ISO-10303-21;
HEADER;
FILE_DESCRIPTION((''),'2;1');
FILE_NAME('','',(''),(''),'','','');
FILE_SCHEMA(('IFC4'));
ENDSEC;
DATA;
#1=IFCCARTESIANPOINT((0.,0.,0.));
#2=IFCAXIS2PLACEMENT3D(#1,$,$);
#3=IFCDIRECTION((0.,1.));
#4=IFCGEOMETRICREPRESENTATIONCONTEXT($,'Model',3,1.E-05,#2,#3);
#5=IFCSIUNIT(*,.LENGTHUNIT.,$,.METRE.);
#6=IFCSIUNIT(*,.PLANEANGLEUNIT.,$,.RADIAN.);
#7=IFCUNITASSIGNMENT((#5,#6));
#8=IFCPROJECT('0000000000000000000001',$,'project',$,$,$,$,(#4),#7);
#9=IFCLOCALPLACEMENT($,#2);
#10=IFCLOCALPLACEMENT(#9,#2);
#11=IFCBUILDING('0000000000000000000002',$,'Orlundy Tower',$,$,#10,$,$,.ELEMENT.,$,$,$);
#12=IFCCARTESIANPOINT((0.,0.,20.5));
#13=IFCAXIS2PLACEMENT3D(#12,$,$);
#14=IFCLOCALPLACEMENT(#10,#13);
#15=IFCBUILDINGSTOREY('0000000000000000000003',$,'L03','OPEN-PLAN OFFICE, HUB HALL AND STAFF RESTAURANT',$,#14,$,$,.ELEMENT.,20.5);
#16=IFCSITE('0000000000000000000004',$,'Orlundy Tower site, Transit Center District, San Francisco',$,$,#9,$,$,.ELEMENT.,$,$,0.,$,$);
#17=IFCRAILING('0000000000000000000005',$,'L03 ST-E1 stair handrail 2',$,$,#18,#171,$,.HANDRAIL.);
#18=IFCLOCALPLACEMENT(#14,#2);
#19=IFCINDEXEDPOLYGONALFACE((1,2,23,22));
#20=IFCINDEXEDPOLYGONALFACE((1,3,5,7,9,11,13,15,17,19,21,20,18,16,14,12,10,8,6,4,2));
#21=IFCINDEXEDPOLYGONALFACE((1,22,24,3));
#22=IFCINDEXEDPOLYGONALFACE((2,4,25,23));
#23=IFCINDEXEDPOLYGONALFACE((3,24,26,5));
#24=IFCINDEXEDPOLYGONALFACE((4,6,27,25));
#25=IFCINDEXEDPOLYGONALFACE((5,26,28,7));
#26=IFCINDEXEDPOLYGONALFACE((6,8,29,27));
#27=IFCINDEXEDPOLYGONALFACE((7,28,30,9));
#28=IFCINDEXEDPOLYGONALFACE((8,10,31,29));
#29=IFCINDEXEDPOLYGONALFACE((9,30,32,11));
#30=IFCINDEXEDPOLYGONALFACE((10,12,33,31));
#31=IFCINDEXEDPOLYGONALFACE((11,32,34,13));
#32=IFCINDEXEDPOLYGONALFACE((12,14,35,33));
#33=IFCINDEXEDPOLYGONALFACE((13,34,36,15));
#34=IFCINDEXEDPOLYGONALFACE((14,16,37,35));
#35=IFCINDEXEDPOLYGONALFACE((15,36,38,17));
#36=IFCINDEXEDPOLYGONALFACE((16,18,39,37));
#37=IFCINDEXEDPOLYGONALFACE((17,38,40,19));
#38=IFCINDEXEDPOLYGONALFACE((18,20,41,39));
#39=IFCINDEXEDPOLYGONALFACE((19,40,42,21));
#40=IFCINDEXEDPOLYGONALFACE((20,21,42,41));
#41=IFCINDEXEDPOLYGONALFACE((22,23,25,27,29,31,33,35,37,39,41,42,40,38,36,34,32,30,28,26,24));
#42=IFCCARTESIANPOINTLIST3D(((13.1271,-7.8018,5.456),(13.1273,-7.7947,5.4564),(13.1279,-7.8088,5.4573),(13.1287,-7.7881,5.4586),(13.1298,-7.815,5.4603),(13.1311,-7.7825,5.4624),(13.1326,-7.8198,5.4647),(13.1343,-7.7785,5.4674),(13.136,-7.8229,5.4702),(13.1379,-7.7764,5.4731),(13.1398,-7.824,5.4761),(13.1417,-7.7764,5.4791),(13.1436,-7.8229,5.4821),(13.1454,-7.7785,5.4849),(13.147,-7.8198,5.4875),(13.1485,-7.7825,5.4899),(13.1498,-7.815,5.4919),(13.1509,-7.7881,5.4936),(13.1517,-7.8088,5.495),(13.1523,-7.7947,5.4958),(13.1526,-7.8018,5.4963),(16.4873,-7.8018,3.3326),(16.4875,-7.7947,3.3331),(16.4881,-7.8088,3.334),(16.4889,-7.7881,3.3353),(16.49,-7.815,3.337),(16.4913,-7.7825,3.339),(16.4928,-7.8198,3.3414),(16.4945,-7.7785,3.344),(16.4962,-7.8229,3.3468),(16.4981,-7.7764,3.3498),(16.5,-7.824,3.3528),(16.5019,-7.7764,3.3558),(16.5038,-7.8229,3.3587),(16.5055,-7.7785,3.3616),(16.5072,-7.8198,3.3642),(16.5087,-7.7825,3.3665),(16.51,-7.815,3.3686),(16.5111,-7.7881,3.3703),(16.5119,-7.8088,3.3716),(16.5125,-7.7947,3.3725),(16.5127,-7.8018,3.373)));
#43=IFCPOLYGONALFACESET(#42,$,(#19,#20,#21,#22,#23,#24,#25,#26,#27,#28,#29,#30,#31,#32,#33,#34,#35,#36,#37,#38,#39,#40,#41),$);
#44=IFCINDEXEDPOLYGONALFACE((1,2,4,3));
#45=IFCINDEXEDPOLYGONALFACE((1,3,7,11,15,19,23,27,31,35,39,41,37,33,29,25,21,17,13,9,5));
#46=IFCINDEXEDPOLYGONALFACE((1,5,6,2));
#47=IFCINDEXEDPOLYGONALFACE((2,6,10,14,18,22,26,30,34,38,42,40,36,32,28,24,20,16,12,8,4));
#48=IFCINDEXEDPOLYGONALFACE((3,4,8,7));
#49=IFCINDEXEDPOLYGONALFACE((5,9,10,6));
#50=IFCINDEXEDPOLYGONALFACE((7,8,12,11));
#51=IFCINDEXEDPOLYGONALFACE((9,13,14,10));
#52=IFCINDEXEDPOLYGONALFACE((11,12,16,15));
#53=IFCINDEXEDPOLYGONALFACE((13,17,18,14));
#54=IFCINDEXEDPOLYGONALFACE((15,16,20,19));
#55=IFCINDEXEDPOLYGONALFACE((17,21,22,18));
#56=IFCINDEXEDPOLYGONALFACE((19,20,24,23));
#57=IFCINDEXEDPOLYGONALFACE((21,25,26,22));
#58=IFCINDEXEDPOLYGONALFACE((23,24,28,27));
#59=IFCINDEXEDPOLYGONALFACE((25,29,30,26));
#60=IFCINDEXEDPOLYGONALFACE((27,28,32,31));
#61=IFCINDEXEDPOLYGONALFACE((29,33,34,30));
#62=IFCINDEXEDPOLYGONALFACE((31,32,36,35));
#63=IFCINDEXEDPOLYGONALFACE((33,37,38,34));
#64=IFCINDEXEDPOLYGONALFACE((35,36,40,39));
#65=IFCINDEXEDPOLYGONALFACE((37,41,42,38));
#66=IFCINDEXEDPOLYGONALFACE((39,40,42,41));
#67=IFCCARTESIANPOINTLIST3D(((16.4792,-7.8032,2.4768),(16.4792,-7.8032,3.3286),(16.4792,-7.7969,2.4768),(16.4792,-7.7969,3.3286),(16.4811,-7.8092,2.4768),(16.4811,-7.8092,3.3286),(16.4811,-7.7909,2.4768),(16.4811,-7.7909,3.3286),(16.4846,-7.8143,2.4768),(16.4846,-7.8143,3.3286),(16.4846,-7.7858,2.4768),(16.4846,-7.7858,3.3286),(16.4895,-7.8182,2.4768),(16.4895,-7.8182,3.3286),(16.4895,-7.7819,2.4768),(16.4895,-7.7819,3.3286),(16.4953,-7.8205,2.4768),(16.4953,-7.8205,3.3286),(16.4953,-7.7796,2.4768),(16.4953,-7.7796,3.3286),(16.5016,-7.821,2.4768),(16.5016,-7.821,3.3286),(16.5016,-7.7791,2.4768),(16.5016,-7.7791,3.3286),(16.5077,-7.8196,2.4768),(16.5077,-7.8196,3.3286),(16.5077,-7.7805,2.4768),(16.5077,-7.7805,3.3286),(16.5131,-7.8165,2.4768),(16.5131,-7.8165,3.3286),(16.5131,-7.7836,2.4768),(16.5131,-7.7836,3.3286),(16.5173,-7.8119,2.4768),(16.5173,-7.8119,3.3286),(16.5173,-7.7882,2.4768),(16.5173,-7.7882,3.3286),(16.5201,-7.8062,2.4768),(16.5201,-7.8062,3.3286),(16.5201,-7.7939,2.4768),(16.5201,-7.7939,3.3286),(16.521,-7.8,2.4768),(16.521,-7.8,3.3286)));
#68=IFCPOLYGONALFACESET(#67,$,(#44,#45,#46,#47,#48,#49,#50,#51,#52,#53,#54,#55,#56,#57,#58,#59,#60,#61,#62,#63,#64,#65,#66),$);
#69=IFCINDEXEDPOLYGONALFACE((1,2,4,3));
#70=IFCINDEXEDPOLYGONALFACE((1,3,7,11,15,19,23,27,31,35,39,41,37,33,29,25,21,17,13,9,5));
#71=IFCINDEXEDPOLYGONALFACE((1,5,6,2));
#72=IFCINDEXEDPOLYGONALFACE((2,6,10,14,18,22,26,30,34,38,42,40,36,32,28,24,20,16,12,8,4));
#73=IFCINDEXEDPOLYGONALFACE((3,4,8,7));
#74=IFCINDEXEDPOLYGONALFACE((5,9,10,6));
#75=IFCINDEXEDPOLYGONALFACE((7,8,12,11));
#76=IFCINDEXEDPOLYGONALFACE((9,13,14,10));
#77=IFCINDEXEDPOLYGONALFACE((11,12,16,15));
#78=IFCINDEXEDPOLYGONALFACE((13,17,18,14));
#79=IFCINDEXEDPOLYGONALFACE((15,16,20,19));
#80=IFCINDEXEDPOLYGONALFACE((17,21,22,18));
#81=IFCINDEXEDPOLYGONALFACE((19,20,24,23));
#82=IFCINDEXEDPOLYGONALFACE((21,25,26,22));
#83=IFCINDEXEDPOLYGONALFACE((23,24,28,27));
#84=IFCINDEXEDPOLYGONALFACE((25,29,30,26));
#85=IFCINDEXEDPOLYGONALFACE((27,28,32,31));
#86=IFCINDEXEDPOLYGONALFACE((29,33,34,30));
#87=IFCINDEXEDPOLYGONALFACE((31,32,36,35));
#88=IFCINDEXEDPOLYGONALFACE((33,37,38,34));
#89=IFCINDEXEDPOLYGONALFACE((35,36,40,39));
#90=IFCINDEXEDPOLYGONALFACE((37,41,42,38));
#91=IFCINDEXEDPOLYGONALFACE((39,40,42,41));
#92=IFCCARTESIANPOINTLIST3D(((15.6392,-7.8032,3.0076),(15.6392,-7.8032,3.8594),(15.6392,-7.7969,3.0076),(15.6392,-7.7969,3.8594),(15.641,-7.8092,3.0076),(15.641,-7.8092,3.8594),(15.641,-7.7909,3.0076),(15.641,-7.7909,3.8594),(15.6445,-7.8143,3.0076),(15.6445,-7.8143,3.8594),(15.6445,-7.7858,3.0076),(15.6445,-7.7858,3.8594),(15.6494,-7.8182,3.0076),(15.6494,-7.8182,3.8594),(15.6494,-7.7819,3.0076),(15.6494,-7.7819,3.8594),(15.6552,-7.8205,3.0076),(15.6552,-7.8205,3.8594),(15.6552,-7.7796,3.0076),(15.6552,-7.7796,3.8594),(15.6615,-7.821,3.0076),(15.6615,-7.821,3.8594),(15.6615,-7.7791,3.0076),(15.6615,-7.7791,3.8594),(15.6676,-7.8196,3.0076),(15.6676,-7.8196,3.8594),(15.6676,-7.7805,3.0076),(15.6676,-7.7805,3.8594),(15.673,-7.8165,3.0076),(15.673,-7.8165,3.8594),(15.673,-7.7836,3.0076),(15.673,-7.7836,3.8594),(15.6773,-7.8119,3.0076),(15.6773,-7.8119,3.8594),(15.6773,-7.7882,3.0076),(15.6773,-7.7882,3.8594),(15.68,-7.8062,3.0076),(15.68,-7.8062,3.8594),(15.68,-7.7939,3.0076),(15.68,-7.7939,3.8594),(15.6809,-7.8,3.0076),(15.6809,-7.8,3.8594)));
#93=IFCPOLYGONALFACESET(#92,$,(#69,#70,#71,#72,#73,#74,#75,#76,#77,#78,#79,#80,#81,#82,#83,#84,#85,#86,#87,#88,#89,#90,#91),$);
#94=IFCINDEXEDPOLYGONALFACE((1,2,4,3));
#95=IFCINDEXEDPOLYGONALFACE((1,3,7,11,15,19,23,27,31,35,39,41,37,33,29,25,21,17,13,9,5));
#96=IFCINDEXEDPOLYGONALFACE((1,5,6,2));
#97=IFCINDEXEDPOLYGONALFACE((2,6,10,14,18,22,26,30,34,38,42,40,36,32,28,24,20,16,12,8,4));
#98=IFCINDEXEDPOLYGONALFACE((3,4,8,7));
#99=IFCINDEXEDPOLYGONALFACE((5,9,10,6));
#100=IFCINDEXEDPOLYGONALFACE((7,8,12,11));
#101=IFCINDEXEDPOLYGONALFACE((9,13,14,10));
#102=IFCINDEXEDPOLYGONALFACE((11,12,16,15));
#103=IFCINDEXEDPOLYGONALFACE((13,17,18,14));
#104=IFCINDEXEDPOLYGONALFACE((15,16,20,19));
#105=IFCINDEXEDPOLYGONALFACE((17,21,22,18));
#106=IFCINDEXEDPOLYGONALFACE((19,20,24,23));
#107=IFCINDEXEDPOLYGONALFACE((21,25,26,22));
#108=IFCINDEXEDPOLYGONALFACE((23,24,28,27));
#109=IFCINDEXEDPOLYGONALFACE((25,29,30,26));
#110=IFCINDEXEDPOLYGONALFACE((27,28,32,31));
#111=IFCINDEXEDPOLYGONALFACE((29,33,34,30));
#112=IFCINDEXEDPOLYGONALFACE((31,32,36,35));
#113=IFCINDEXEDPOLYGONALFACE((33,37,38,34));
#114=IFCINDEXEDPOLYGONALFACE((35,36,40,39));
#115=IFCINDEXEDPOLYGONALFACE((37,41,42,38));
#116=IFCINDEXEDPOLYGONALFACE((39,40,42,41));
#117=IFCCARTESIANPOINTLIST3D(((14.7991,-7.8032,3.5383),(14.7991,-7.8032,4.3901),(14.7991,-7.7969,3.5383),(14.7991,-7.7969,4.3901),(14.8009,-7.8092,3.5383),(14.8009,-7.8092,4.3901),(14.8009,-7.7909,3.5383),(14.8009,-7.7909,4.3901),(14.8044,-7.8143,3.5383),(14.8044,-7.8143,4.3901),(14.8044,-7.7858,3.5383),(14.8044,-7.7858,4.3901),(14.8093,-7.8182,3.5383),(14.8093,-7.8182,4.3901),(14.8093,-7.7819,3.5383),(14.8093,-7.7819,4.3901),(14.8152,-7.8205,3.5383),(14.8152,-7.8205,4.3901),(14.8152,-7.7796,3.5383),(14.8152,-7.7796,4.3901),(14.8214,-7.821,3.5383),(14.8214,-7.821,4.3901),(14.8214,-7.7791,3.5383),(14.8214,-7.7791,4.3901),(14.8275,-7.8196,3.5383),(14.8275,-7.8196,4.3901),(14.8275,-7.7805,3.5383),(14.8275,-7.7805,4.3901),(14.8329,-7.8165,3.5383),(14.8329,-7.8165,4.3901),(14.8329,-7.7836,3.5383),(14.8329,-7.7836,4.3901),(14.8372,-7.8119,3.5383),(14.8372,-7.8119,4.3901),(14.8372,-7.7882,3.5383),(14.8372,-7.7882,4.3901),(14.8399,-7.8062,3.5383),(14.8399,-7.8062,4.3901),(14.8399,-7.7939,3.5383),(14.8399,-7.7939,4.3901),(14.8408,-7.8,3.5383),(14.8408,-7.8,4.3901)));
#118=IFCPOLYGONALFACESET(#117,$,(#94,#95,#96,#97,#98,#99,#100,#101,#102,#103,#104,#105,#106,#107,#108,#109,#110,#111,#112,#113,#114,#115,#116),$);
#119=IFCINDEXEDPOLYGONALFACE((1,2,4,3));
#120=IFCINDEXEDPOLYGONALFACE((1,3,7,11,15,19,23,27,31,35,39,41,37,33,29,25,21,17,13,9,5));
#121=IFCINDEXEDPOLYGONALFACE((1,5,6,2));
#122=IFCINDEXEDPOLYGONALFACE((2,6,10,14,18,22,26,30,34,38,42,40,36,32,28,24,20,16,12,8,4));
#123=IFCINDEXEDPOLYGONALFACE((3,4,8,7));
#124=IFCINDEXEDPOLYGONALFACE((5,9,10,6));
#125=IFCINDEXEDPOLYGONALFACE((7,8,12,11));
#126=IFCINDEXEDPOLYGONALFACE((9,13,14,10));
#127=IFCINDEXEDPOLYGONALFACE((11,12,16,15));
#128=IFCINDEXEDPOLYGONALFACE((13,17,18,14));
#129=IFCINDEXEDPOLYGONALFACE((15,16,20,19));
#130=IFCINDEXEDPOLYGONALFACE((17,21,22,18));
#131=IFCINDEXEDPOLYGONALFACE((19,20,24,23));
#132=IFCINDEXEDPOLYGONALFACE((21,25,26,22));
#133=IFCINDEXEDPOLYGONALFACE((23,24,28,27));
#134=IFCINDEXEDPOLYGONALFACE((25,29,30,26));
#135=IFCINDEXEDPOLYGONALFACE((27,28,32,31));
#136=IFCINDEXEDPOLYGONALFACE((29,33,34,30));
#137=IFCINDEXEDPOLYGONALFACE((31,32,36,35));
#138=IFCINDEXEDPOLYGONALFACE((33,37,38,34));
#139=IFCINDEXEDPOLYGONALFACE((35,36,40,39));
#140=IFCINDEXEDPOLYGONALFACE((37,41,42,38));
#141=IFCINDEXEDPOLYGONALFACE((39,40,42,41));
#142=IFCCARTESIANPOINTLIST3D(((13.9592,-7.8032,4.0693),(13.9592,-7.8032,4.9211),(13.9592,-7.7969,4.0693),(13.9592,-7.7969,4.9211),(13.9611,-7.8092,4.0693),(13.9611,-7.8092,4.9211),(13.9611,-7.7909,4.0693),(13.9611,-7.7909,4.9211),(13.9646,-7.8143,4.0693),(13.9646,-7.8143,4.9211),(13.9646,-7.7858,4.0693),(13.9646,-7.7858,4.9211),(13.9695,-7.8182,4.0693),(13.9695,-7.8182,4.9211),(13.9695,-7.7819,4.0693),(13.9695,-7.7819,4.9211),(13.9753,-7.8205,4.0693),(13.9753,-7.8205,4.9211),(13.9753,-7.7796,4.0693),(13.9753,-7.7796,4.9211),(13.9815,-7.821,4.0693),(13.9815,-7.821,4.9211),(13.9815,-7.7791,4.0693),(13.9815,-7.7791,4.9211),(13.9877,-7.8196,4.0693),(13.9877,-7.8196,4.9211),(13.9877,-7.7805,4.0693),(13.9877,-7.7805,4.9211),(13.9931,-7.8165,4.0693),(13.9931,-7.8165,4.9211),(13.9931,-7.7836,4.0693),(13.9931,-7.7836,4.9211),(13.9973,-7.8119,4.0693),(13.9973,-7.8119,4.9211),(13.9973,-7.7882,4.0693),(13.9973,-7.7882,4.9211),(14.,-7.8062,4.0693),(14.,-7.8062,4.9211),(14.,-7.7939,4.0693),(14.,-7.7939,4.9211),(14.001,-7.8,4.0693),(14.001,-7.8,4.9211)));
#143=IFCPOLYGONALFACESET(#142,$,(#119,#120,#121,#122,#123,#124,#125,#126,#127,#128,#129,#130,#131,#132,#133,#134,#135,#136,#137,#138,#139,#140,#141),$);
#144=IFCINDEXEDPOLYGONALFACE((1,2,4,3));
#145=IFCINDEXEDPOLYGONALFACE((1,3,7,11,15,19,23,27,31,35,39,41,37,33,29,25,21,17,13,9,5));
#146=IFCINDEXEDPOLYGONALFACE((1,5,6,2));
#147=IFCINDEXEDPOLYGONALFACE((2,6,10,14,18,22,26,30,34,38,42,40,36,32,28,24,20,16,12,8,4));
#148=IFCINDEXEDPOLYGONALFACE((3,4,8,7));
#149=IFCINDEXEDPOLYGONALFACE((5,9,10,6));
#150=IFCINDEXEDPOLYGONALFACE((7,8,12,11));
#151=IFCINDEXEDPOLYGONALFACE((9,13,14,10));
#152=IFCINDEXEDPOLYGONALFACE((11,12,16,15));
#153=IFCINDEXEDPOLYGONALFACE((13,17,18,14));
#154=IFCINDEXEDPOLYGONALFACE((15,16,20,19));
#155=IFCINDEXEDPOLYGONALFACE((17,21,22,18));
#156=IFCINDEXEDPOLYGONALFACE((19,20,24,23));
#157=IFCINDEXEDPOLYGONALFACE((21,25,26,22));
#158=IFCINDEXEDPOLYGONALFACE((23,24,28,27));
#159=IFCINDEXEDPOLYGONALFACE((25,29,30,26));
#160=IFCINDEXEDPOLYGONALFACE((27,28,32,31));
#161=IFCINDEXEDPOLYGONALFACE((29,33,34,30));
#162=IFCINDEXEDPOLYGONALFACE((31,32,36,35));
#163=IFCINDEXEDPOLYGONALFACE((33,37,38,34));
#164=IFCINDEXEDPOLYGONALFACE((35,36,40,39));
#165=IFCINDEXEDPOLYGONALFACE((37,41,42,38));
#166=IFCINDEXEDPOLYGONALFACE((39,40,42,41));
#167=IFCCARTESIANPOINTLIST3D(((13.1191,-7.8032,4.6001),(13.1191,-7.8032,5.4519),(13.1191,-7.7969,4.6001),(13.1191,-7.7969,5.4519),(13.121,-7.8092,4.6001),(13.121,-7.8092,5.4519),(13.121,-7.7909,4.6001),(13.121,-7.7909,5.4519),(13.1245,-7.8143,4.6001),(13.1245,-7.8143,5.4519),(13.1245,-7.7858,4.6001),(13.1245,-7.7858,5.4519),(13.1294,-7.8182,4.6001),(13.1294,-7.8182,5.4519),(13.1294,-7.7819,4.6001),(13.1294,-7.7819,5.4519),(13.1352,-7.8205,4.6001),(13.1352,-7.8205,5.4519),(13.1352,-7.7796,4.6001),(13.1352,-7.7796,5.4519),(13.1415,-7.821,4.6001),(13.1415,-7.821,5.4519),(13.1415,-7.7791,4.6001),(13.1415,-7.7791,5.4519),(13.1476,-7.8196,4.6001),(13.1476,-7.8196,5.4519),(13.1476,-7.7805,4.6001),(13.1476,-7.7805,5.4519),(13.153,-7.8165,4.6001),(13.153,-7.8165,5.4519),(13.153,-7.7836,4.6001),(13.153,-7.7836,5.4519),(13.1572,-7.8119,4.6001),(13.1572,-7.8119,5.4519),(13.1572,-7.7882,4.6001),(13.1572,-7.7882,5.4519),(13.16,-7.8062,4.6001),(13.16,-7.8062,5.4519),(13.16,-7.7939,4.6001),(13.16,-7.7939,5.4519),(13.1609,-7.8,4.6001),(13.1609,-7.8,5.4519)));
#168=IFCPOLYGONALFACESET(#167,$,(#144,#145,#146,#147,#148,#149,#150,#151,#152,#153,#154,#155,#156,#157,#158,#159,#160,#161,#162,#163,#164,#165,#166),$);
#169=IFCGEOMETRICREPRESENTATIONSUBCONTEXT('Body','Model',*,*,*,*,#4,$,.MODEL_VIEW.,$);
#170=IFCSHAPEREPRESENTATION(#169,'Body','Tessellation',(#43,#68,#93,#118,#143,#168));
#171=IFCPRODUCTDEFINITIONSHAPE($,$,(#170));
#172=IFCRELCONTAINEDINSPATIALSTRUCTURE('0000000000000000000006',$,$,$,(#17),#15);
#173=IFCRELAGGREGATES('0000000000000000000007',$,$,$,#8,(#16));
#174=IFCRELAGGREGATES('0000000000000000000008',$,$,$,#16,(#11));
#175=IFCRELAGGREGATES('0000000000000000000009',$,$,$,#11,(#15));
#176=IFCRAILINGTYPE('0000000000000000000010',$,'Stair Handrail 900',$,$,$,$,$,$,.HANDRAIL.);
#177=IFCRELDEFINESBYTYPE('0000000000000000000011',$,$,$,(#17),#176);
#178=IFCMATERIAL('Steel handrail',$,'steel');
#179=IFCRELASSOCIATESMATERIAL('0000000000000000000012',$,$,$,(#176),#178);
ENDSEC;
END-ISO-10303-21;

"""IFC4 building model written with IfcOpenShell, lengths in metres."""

from ifc_helpers import new_model, si_unit, direction, frame, origin, origin_2d, place, context, subcontext, project, spatial, circle, extrude, material, type_object, element, save


model = new_model("IFC4")

# Units and contexts
model_context = context("Model", 3, precision=1e-05, world=origin(), true_north=direction((0.0, 1.0)))
body_context = subcontext(model_context, "Body", "Model", "MODEL_VIEW")
ifc_project = project(units=[si_unit("LENGTHUNIT", "METRE"), si_unit("PLANEANGLEUNIT", "RADIAN")], contexts=[model_context])

# Site, building, storey
site_placement = place(None, origin())
site = spatial("IfcSite", under=ifc_project, at=site_placement, Name="Orlundy Tower site, Transit Center District, San Francisco", CompositionType="ELEMENT", RefElevation=0.0)
building_placement = place(site_placement, origin())
building = spatial("IfcBuilding", under=site, at=building_placement, Name="Orlundy Tower", CompositionType="ELEMENT")
storey_placement = place(building_placement, frame((0.0, 0.0, 20.5)))
storey = spatial("IfcBuildingStorey", under=building, at=storey_placement, Name="L03", Description="OPEN-PLAN OFFICE, HUB HALL AND STAFF RESTAURANT", CompositionType="ELEMENT", Elevation=20.5)

# Railing
ifc_material_1 = material(Name="Steel handrail", Category="steel")
railing_type = type_object("IfcRailingType", Name="Stair Handrail 900", PredefinedType="HANDRAIL", material=ifc_material_1)
railing_1_placement = place(storey_placement, frame((16.5, -7.8, 2.4768)))
element("IfcRailing", 1, at=railing_1_placement, inside=storey, type_object=railing_type, Name="L03 ST-E1 stair handrail 2", PredefinedType="HANDRAIL", context=body_context, shape_type="SweptSolid", body=[
    extrude(circle(Radius=0.0239, at=origin_2d()), frame((0.0, 0.0, 0.876), z_axis=(-0.845362, 0.0, 0.534194), x_axis=(0.0, -1.0, 0.0)), (0.0, 0.0, 1.0), 3.9749),
    extrude(circle(Radius=0.021, at=origin_2d()), origin(), (0.0, 0.0, 1.0), 0.8518),
    extrude(circle(Radius=0.021, at=origin_2d()), frame((-0.8401, 0.0, 0.5308)), (0.0, 0.0, 1.0), 0.8518),
    extrude(circle(Radius=0.021, at=origin_2d()), frame((-1.6802, 0.0, 1.0615)), (0.0, 0.0, 1.0), 0.8518),
    extrude(circle(Radius=0.021, at=origin_2d()), frame((-2.52, 0.0, 1.5925)), (0.0, 0.0, 1.0), 0.8518),
    extrude(circle(Radius=0.021, at=origin_2d()), frame((-3.3601, 0.0, 2.1233)), (0.0, 0.0, 1.0), 0.8518),
])

save(model, "model.ifc")
